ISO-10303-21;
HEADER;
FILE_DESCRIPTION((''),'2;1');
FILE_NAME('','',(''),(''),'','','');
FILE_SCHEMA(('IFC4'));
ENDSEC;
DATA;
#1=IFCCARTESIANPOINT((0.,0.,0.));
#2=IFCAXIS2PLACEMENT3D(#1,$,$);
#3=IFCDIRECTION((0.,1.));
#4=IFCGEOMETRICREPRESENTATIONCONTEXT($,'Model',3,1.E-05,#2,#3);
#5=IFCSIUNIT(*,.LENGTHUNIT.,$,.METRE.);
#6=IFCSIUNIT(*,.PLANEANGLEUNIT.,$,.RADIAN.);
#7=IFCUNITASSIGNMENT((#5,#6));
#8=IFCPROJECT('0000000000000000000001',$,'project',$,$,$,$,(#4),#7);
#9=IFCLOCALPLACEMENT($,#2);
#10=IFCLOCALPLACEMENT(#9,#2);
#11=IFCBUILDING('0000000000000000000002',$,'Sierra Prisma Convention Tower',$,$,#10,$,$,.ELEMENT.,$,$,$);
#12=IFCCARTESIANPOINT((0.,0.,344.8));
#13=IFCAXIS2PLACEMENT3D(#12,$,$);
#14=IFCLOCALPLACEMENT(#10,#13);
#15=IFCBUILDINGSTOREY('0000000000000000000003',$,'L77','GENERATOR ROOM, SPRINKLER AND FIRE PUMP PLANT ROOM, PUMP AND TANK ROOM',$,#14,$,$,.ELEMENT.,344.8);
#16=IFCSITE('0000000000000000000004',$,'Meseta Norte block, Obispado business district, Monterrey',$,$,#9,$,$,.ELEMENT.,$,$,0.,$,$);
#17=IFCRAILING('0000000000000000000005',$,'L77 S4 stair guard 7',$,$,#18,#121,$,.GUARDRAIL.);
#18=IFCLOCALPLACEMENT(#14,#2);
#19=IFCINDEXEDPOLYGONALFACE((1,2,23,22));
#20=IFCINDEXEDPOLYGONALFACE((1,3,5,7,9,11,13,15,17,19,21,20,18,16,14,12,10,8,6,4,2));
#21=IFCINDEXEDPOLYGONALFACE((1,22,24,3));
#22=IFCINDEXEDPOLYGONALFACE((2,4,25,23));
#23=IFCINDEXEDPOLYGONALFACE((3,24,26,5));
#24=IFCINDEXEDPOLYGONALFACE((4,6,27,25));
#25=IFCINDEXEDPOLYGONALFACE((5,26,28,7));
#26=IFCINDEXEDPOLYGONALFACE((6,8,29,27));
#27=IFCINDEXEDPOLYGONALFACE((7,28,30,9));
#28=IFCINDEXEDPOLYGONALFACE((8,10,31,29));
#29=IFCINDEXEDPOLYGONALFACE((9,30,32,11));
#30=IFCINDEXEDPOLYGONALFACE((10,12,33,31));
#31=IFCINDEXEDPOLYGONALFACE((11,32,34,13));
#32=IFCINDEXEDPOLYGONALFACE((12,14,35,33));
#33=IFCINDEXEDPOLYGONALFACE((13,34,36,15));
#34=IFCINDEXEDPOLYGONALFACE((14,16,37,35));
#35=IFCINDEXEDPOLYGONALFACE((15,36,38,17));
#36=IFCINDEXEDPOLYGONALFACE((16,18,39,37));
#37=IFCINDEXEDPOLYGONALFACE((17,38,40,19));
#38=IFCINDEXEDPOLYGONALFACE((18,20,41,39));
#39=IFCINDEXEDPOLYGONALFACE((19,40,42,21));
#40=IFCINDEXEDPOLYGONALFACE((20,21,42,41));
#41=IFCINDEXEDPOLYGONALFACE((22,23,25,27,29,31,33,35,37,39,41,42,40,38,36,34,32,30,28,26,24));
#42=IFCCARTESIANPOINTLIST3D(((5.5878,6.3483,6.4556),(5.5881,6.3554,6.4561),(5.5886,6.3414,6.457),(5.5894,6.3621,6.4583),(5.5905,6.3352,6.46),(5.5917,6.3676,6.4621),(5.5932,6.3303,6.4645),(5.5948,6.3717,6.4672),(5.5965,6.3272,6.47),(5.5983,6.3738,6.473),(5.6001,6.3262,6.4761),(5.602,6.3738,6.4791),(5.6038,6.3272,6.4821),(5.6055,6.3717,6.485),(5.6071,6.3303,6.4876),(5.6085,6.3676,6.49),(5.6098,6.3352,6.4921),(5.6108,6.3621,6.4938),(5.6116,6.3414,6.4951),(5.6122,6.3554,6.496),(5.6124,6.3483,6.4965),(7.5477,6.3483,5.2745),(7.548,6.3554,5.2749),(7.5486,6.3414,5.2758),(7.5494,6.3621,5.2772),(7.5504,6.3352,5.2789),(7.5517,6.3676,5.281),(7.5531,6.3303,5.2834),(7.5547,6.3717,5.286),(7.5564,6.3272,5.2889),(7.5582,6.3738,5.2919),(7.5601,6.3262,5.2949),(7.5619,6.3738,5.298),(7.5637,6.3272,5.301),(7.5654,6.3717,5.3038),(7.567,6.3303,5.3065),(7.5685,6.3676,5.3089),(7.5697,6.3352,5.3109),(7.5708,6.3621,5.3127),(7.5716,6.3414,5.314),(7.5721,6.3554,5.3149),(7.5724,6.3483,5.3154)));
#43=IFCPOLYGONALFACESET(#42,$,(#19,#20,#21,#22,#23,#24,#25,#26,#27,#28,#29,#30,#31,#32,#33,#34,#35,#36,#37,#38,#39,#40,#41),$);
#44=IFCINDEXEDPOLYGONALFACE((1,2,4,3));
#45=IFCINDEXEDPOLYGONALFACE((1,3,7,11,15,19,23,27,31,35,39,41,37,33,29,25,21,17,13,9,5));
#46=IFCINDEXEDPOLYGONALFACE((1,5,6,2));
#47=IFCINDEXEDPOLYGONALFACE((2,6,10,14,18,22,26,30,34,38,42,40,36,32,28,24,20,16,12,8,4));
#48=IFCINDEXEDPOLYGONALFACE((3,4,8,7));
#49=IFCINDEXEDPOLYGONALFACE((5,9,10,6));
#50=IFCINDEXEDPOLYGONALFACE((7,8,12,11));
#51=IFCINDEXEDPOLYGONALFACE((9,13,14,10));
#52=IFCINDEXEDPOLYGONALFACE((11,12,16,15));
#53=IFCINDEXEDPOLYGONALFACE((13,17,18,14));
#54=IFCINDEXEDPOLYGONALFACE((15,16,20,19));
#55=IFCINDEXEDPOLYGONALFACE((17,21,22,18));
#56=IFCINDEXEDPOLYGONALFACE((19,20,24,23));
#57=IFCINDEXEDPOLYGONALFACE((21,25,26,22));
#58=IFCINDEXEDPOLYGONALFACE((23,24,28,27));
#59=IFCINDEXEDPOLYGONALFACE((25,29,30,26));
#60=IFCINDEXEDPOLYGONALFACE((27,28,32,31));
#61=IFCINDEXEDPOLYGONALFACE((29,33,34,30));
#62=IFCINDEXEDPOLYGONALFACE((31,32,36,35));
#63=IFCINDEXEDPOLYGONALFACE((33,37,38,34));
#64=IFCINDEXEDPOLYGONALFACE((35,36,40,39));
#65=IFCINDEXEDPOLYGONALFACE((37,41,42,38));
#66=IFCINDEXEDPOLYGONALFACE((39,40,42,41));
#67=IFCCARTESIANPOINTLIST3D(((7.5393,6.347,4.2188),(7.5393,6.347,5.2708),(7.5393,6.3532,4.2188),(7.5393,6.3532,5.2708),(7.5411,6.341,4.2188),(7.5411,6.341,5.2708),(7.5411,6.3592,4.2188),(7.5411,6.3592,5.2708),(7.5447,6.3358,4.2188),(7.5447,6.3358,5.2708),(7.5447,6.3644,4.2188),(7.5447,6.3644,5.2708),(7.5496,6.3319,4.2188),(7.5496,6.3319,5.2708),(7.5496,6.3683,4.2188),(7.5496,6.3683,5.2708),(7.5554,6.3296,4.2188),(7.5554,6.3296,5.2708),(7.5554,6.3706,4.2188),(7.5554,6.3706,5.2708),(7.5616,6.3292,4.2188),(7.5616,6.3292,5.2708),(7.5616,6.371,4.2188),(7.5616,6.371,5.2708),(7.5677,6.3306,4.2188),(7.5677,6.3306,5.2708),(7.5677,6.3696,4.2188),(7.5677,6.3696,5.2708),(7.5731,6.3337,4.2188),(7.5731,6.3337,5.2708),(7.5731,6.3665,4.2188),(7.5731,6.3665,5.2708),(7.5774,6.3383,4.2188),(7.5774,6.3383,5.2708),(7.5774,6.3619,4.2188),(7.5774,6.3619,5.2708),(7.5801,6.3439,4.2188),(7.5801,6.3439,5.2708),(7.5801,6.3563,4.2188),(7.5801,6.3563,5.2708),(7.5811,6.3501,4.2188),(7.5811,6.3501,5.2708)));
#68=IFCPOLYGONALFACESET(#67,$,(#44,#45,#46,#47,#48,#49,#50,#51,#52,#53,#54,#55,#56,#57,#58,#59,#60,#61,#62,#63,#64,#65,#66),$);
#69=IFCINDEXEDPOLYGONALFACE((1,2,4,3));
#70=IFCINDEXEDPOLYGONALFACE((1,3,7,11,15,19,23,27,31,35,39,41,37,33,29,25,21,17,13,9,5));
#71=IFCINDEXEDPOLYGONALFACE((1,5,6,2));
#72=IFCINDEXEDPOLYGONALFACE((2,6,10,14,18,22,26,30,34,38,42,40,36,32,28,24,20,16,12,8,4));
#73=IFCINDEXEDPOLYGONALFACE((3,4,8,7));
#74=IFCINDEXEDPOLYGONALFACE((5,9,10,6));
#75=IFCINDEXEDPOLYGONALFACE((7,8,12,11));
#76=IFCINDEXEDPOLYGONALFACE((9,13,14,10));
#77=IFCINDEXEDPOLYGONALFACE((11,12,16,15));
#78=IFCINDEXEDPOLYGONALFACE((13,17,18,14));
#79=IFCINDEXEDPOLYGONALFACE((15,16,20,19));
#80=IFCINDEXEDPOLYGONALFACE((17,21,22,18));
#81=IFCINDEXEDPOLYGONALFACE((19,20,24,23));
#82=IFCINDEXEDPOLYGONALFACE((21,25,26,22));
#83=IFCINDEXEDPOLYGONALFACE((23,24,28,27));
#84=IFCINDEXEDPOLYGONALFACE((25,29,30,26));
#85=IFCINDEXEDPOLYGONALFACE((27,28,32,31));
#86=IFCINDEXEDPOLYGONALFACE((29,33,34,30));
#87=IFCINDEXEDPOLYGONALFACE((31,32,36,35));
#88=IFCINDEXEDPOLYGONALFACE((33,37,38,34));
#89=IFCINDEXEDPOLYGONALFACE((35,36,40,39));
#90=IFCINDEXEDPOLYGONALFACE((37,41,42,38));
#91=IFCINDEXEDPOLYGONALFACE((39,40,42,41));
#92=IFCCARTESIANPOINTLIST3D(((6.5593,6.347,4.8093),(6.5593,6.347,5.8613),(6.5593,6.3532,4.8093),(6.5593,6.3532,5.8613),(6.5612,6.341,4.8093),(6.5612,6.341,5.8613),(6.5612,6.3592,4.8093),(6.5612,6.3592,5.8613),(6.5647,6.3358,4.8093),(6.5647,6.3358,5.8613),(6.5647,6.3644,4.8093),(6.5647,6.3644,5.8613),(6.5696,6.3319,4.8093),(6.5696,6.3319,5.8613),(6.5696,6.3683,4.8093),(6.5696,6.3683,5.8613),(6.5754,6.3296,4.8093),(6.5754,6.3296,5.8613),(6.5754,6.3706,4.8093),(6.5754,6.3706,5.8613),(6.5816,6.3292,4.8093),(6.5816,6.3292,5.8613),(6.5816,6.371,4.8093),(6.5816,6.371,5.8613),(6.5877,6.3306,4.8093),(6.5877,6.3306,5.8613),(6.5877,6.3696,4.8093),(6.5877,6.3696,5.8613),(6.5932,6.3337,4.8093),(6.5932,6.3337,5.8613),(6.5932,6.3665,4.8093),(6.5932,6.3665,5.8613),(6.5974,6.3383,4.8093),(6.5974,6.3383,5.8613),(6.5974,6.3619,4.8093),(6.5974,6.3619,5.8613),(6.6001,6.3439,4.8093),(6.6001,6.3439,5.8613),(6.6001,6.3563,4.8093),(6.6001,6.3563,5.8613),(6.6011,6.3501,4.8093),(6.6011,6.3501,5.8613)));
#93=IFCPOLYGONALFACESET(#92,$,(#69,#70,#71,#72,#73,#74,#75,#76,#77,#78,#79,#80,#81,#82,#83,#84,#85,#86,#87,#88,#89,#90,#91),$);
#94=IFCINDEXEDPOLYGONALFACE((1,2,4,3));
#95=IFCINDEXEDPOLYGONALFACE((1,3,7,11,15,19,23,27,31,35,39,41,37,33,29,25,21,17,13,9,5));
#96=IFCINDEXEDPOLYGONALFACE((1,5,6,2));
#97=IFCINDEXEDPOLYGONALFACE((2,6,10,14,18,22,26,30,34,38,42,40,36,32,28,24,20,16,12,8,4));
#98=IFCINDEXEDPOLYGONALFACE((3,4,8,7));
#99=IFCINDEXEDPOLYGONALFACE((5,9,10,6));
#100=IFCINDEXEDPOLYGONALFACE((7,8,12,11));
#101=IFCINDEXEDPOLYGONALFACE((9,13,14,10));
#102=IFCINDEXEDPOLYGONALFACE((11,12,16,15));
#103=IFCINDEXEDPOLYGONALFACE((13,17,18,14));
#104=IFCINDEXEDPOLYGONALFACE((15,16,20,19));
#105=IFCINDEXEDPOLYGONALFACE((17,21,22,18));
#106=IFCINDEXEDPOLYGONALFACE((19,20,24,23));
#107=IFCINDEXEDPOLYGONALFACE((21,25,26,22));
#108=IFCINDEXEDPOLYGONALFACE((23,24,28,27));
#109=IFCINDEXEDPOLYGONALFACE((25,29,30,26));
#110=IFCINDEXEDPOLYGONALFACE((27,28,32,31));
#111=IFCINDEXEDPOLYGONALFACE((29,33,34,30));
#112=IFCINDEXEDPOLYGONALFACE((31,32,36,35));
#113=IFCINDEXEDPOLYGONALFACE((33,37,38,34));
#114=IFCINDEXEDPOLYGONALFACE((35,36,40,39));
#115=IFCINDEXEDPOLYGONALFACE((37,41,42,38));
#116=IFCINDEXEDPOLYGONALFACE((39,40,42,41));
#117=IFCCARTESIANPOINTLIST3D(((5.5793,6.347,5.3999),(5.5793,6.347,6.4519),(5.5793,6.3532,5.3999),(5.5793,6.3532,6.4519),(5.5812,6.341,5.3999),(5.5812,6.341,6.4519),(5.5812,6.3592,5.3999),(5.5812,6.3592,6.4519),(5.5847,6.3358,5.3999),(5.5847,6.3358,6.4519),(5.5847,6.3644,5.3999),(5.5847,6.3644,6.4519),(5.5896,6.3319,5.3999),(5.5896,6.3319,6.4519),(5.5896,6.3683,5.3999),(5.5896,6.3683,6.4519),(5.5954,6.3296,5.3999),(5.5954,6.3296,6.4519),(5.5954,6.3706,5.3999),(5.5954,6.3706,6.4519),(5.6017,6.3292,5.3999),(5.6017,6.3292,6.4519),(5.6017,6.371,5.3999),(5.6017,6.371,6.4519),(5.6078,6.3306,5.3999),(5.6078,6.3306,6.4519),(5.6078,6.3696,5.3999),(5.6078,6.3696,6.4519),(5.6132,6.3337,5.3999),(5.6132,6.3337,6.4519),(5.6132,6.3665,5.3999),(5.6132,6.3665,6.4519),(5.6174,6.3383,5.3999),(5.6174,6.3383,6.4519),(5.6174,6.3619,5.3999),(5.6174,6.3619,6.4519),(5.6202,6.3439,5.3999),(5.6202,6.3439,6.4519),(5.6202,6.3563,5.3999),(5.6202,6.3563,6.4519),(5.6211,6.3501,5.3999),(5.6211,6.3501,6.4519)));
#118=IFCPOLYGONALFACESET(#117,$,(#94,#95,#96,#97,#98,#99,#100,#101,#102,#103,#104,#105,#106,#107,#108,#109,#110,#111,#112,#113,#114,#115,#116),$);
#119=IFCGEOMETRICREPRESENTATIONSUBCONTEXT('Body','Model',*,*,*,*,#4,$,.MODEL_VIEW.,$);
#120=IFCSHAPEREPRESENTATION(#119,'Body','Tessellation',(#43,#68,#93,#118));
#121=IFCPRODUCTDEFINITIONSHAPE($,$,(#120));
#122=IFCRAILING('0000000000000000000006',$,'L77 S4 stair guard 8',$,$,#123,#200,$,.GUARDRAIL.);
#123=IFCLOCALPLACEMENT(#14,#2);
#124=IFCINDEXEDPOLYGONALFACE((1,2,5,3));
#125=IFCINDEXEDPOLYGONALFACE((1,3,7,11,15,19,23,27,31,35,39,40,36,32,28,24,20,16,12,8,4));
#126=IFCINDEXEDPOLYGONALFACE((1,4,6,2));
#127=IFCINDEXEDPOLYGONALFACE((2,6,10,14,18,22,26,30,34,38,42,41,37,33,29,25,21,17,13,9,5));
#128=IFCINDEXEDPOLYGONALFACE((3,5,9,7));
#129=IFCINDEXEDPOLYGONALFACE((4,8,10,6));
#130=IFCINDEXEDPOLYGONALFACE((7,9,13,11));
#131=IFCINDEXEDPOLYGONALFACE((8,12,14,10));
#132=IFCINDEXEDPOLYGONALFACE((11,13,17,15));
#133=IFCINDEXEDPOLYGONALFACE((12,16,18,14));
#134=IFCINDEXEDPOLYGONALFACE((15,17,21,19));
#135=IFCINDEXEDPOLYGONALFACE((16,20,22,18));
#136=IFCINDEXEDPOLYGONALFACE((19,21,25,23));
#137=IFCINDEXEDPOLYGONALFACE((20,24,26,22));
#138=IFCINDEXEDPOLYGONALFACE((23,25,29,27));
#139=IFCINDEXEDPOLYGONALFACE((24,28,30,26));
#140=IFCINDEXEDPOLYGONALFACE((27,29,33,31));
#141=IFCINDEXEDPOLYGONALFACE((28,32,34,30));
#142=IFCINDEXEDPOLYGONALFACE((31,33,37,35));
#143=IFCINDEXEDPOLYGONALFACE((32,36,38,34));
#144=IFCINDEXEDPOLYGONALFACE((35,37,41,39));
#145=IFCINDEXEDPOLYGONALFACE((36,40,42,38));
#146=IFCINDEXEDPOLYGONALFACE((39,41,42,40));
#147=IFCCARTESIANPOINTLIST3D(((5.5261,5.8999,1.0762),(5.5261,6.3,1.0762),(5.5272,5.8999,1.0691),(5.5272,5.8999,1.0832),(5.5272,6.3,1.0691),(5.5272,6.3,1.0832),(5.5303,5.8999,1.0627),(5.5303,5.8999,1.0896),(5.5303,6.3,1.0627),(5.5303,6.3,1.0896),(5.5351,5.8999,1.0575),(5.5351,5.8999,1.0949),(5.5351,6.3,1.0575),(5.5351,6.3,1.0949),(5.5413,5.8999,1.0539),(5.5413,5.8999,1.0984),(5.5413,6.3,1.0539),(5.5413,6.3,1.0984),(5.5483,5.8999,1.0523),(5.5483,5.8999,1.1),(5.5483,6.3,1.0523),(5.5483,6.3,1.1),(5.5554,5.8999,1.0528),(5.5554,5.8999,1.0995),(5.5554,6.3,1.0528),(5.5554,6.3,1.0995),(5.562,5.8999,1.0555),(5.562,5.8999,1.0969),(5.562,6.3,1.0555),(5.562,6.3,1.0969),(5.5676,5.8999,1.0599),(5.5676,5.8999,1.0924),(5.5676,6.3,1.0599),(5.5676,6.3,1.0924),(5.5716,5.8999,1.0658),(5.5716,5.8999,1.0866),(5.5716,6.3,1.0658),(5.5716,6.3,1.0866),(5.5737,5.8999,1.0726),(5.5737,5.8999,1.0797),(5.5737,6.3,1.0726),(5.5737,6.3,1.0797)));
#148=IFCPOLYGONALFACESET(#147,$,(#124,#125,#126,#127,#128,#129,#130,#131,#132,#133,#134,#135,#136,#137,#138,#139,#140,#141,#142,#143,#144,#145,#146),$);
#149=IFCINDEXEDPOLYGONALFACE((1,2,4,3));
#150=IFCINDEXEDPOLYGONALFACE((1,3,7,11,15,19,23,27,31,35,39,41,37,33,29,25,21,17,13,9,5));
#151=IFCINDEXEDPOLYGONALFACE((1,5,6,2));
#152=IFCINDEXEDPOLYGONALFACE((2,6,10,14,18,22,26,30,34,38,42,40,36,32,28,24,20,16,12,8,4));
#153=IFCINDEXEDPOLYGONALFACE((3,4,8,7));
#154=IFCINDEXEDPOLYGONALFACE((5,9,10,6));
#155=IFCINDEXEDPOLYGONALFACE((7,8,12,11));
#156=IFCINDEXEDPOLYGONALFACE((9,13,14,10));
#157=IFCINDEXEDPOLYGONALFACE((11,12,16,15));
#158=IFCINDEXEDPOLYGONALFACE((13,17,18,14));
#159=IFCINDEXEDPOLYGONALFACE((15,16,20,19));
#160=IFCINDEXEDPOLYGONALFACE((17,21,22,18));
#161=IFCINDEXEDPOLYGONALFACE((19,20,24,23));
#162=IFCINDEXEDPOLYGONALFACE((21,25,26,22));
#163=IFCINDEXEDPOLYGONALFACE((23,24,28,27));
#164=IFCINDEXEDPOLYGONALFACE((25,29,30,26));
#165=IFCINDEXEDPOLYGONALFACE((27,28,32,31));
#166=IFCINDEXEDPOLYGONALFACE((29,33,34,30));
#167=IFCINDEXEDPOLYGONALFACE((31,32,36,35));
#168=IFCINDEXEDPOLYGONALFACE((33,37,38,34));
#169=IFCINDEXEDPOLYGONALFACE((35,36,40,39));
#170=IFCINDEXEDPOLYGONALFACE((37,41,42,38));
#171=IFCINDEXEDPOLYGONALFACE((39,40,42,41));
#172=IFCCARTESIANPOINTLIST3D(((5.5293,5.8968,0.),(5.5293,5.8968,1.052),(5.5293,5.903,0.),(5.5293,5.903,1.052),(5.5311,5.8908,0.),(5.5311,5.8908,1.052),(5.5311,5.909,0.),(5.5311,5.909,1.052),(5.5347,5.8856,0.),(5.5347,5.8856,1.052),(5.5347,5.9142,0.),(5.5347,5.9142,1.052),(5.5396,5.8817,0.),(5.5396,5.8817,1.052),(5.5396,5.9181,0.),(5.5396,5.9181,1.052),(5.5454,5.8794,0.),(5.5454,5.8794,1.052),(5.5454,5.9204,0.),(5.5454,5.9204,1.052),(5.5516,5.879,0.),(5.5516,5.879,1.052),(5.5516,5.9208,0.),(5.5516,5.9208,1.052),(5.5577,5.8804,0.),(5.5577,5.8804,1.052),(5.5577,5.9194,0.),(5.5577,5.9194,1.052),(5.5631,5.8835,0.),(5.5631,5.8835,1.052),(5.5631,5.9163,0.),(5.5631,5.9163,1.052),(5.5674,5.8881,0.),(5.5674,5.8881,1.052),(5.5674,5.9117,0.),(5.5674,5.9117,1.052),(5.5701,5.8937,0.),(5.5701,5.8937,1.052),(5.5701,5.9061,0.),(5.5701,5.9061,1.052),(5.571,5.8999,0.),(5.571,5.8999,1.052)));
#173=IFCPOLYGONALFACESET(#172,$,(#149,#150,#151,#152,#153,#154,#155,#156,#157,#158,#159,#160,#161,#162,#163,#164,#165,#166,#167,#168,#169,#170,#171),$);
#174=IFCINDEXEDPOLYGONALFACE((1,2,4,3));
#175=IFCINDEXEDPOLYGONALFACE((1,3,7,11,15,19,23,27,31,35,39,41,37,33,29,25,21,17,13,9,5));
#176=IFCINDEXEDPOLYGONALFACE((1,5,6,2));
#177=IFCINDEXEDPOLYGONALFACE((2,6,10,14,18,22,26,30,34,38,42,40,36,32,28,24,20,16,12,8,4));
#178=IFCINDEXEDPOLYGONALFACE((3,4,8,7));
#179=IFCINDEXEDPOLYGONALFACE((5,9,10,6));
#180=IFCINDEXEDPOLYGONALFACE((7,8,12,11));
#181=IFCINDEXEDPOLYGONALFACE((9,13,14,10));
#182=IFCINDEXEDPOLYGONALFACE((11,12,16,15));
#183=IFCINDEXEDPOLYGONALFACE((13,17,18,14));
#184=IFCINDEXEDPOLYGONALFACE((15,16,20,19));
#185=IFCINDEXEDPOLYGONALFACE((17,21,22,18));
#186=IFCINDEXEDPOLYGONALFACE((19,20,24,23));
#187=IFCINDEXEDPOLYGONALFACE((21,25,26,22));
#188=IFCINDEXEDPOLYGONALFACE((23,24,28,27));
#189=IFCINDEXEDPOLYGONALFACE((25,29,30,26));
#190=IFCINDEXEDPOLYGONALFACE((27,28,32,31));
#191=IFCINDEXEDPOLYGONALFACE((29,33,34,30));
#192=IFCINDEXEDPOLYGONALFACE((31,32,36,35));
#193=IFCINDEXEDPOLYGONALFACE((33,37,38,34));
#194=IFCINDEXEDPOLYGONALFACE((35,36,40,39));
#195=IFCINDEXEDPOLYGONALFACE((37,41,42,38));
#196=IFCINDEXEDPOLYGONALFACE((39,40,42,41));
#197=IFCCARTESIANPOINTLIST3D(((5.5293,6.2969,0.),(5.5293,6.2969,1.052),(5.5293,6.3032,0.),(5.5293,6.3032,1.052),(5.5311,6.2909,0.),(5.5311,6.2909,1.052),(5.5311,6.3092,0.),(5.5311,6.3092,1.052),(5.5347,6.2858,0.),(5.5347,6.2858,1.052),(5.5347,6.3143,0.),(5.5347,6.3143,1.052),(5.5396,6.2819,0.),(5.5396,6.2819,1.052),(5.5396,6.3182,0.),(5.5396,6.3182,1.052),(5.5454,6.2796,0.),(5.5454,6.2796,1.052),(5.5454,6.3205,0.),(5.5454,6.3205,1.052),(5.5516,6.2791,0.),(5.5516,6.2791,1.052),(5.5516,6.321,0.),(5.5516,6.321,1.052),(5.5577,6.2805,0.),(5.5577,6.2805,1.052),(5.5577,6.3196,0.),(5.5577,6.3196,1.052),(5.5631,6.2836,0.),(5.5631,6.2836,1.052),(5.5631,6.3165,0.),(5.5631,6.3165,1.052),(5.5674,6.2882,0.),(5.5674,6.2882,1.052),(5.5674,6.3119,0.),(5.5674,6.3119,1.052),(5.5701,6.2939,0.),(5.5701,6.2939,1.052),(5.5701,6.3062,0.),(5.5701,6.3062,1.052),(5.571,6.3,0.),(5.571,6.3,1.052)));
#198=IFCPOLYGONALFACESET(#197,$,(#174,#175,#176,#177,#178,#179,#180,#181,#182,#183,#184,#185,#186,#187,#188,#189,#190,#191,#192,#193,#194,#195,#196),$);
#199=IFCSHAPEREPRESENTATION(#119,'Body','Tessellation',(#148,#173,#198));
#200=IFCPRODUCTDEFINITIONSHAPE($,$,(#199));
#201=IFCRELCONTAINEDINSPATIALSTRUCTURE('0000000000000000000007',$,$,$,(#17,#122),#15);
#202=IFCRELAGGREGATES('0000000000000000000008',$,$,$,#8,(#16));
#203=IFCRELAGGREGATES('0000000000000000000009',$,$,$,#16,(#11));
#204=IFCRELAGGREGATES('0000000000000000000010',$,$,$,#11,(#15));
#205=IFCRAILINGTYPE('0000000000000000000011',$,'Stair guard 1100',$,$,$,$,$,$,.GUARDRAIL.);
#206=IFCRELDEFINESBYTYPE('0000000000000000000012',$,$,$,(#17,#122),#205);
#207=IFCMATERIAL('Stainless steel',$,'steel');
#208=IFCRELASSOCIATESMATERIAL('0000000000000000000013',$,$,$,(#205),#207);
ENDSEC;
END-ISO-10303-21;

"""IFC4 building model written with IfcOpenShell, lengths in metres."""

from ifc_helpers import new_model, si_unit, direction, frame, origin, origin_2d, place, context, subcontext, project, spatial, circle, extrude, material, type_object, element, save


model = new_model("IFC4")

# Units and contexts
model_context = context("Model", 3, precision=1e-05, world=origin(), true_north=direction((0.0, 1.0)))
body_context = subcontext(model_context, "Body", "Model", "MODEL_VIEW")
ifc_project = project(units=[si_unit("LENGTHUNIT", "METRE"), si_unit("PLANEANGLEUNIT", "RADIAN")], contexts=[model_context])

# Site, building, storey
site_placement = place(None, origin())
site = spatial("IfcSite", under=ifc_project, at=site_placement, Name="Meseta Norte block, Obispado business district, Monterrey", CompositionType="ELEMENT", RefElevation=0.0)
building_placement = place(site_placement, origin())
building = spatial("IfcBuilding", under=site, at=building_placement, Name="Sierra Prisma Convention Tower", CompositionType="ELEMENT")
storey_placement = place(building_placement, frame((0.0, 0.0, 344.8)))
storey = spatial("IfcBuildingStorey", under=building, at=storey_placement, Name="L77", Description="GENERATOR ROOM, SPRINKLER AND FIRE PUMP PLANT ROOM, PUMP AND TANK ROOM", CompositionType="ELEMENT", Elevation=344.8)

# Railings
ifc_material_1 = material(Name="Stainless steel", Category="steel")
railing_type_1 = type_object("IfcRailingType", Name="Stair guard 1100", PredefinedType="GUARDRAIL", material=ifc_material_1)
railing_1_placement = place(storey_placement, frame((7.5601, 6.3501, 4.2188)))
element("IfcRailing", 1, at=railing_1_placement, inside=storey, type_object=railing_type_1, Name="L77 S4 stair guard 7", PredefinedType="GUARDRAIL", context=body_context, shape_type="SweptSolid", body=[
    extrude(circle(Radius=0.0239, at=origin_2d()), frame((0.0, 0.0, 1.0762), z_axis=(-0.856493, 0.0, 0.516158), x_axis=(0.0, -1.0, 0.0)), (0.0, 0.0, 1.0), 2.2883),
    extrude(circle(Radius=0.021, at=origin_2d()), origin(), (0.0, 0.0, 1.0), 1.052),
    extrude(circle(Radius=0.021, at=origin_2d()), frame((-0.98, 0.0, 0.5906)), (0.0, 0.0, 1.0), 1.052),
    extrude(circle(Radius=0.021, at=origin_2d()), frame((-1.96, 0.0, 1.1812)), (0.0, 0.0, 1.0), 1.052),
])
railing_2_placement = place(storey_placement, frame((5.55, 5.8999, 0.0)))
element("IfcRailing", 2, at=railing_2_placement, inside=storey, type_object=railing_type_1, Name="L77 S4 stair guard 8", PredefinedType="GUARDRAIL", context=body_context, shape_type="SweptSolid", body=[
    extrude(circle(Radius=0.0239, at=origin_2d()), frame((0.0, 0.0, 1.0762), z_axis=(0.0, 1.0, 0.0), x_axis=(-1.0, 0.0, 0.0)), (0.0, 0.0, 1.0), 0.4001),
    extrude(circle(Radius=0.021, at=origin_2d()), origin(), (0.0, 0.0, 1.0), 1.052),
    extrude(circle(Radius=0.021, at=origin_2d()), frame((0.0, 0.4001, 0.0)), (0.0, 0.0, 1.0), 1.052),
])

save(model, "model.ifc")
